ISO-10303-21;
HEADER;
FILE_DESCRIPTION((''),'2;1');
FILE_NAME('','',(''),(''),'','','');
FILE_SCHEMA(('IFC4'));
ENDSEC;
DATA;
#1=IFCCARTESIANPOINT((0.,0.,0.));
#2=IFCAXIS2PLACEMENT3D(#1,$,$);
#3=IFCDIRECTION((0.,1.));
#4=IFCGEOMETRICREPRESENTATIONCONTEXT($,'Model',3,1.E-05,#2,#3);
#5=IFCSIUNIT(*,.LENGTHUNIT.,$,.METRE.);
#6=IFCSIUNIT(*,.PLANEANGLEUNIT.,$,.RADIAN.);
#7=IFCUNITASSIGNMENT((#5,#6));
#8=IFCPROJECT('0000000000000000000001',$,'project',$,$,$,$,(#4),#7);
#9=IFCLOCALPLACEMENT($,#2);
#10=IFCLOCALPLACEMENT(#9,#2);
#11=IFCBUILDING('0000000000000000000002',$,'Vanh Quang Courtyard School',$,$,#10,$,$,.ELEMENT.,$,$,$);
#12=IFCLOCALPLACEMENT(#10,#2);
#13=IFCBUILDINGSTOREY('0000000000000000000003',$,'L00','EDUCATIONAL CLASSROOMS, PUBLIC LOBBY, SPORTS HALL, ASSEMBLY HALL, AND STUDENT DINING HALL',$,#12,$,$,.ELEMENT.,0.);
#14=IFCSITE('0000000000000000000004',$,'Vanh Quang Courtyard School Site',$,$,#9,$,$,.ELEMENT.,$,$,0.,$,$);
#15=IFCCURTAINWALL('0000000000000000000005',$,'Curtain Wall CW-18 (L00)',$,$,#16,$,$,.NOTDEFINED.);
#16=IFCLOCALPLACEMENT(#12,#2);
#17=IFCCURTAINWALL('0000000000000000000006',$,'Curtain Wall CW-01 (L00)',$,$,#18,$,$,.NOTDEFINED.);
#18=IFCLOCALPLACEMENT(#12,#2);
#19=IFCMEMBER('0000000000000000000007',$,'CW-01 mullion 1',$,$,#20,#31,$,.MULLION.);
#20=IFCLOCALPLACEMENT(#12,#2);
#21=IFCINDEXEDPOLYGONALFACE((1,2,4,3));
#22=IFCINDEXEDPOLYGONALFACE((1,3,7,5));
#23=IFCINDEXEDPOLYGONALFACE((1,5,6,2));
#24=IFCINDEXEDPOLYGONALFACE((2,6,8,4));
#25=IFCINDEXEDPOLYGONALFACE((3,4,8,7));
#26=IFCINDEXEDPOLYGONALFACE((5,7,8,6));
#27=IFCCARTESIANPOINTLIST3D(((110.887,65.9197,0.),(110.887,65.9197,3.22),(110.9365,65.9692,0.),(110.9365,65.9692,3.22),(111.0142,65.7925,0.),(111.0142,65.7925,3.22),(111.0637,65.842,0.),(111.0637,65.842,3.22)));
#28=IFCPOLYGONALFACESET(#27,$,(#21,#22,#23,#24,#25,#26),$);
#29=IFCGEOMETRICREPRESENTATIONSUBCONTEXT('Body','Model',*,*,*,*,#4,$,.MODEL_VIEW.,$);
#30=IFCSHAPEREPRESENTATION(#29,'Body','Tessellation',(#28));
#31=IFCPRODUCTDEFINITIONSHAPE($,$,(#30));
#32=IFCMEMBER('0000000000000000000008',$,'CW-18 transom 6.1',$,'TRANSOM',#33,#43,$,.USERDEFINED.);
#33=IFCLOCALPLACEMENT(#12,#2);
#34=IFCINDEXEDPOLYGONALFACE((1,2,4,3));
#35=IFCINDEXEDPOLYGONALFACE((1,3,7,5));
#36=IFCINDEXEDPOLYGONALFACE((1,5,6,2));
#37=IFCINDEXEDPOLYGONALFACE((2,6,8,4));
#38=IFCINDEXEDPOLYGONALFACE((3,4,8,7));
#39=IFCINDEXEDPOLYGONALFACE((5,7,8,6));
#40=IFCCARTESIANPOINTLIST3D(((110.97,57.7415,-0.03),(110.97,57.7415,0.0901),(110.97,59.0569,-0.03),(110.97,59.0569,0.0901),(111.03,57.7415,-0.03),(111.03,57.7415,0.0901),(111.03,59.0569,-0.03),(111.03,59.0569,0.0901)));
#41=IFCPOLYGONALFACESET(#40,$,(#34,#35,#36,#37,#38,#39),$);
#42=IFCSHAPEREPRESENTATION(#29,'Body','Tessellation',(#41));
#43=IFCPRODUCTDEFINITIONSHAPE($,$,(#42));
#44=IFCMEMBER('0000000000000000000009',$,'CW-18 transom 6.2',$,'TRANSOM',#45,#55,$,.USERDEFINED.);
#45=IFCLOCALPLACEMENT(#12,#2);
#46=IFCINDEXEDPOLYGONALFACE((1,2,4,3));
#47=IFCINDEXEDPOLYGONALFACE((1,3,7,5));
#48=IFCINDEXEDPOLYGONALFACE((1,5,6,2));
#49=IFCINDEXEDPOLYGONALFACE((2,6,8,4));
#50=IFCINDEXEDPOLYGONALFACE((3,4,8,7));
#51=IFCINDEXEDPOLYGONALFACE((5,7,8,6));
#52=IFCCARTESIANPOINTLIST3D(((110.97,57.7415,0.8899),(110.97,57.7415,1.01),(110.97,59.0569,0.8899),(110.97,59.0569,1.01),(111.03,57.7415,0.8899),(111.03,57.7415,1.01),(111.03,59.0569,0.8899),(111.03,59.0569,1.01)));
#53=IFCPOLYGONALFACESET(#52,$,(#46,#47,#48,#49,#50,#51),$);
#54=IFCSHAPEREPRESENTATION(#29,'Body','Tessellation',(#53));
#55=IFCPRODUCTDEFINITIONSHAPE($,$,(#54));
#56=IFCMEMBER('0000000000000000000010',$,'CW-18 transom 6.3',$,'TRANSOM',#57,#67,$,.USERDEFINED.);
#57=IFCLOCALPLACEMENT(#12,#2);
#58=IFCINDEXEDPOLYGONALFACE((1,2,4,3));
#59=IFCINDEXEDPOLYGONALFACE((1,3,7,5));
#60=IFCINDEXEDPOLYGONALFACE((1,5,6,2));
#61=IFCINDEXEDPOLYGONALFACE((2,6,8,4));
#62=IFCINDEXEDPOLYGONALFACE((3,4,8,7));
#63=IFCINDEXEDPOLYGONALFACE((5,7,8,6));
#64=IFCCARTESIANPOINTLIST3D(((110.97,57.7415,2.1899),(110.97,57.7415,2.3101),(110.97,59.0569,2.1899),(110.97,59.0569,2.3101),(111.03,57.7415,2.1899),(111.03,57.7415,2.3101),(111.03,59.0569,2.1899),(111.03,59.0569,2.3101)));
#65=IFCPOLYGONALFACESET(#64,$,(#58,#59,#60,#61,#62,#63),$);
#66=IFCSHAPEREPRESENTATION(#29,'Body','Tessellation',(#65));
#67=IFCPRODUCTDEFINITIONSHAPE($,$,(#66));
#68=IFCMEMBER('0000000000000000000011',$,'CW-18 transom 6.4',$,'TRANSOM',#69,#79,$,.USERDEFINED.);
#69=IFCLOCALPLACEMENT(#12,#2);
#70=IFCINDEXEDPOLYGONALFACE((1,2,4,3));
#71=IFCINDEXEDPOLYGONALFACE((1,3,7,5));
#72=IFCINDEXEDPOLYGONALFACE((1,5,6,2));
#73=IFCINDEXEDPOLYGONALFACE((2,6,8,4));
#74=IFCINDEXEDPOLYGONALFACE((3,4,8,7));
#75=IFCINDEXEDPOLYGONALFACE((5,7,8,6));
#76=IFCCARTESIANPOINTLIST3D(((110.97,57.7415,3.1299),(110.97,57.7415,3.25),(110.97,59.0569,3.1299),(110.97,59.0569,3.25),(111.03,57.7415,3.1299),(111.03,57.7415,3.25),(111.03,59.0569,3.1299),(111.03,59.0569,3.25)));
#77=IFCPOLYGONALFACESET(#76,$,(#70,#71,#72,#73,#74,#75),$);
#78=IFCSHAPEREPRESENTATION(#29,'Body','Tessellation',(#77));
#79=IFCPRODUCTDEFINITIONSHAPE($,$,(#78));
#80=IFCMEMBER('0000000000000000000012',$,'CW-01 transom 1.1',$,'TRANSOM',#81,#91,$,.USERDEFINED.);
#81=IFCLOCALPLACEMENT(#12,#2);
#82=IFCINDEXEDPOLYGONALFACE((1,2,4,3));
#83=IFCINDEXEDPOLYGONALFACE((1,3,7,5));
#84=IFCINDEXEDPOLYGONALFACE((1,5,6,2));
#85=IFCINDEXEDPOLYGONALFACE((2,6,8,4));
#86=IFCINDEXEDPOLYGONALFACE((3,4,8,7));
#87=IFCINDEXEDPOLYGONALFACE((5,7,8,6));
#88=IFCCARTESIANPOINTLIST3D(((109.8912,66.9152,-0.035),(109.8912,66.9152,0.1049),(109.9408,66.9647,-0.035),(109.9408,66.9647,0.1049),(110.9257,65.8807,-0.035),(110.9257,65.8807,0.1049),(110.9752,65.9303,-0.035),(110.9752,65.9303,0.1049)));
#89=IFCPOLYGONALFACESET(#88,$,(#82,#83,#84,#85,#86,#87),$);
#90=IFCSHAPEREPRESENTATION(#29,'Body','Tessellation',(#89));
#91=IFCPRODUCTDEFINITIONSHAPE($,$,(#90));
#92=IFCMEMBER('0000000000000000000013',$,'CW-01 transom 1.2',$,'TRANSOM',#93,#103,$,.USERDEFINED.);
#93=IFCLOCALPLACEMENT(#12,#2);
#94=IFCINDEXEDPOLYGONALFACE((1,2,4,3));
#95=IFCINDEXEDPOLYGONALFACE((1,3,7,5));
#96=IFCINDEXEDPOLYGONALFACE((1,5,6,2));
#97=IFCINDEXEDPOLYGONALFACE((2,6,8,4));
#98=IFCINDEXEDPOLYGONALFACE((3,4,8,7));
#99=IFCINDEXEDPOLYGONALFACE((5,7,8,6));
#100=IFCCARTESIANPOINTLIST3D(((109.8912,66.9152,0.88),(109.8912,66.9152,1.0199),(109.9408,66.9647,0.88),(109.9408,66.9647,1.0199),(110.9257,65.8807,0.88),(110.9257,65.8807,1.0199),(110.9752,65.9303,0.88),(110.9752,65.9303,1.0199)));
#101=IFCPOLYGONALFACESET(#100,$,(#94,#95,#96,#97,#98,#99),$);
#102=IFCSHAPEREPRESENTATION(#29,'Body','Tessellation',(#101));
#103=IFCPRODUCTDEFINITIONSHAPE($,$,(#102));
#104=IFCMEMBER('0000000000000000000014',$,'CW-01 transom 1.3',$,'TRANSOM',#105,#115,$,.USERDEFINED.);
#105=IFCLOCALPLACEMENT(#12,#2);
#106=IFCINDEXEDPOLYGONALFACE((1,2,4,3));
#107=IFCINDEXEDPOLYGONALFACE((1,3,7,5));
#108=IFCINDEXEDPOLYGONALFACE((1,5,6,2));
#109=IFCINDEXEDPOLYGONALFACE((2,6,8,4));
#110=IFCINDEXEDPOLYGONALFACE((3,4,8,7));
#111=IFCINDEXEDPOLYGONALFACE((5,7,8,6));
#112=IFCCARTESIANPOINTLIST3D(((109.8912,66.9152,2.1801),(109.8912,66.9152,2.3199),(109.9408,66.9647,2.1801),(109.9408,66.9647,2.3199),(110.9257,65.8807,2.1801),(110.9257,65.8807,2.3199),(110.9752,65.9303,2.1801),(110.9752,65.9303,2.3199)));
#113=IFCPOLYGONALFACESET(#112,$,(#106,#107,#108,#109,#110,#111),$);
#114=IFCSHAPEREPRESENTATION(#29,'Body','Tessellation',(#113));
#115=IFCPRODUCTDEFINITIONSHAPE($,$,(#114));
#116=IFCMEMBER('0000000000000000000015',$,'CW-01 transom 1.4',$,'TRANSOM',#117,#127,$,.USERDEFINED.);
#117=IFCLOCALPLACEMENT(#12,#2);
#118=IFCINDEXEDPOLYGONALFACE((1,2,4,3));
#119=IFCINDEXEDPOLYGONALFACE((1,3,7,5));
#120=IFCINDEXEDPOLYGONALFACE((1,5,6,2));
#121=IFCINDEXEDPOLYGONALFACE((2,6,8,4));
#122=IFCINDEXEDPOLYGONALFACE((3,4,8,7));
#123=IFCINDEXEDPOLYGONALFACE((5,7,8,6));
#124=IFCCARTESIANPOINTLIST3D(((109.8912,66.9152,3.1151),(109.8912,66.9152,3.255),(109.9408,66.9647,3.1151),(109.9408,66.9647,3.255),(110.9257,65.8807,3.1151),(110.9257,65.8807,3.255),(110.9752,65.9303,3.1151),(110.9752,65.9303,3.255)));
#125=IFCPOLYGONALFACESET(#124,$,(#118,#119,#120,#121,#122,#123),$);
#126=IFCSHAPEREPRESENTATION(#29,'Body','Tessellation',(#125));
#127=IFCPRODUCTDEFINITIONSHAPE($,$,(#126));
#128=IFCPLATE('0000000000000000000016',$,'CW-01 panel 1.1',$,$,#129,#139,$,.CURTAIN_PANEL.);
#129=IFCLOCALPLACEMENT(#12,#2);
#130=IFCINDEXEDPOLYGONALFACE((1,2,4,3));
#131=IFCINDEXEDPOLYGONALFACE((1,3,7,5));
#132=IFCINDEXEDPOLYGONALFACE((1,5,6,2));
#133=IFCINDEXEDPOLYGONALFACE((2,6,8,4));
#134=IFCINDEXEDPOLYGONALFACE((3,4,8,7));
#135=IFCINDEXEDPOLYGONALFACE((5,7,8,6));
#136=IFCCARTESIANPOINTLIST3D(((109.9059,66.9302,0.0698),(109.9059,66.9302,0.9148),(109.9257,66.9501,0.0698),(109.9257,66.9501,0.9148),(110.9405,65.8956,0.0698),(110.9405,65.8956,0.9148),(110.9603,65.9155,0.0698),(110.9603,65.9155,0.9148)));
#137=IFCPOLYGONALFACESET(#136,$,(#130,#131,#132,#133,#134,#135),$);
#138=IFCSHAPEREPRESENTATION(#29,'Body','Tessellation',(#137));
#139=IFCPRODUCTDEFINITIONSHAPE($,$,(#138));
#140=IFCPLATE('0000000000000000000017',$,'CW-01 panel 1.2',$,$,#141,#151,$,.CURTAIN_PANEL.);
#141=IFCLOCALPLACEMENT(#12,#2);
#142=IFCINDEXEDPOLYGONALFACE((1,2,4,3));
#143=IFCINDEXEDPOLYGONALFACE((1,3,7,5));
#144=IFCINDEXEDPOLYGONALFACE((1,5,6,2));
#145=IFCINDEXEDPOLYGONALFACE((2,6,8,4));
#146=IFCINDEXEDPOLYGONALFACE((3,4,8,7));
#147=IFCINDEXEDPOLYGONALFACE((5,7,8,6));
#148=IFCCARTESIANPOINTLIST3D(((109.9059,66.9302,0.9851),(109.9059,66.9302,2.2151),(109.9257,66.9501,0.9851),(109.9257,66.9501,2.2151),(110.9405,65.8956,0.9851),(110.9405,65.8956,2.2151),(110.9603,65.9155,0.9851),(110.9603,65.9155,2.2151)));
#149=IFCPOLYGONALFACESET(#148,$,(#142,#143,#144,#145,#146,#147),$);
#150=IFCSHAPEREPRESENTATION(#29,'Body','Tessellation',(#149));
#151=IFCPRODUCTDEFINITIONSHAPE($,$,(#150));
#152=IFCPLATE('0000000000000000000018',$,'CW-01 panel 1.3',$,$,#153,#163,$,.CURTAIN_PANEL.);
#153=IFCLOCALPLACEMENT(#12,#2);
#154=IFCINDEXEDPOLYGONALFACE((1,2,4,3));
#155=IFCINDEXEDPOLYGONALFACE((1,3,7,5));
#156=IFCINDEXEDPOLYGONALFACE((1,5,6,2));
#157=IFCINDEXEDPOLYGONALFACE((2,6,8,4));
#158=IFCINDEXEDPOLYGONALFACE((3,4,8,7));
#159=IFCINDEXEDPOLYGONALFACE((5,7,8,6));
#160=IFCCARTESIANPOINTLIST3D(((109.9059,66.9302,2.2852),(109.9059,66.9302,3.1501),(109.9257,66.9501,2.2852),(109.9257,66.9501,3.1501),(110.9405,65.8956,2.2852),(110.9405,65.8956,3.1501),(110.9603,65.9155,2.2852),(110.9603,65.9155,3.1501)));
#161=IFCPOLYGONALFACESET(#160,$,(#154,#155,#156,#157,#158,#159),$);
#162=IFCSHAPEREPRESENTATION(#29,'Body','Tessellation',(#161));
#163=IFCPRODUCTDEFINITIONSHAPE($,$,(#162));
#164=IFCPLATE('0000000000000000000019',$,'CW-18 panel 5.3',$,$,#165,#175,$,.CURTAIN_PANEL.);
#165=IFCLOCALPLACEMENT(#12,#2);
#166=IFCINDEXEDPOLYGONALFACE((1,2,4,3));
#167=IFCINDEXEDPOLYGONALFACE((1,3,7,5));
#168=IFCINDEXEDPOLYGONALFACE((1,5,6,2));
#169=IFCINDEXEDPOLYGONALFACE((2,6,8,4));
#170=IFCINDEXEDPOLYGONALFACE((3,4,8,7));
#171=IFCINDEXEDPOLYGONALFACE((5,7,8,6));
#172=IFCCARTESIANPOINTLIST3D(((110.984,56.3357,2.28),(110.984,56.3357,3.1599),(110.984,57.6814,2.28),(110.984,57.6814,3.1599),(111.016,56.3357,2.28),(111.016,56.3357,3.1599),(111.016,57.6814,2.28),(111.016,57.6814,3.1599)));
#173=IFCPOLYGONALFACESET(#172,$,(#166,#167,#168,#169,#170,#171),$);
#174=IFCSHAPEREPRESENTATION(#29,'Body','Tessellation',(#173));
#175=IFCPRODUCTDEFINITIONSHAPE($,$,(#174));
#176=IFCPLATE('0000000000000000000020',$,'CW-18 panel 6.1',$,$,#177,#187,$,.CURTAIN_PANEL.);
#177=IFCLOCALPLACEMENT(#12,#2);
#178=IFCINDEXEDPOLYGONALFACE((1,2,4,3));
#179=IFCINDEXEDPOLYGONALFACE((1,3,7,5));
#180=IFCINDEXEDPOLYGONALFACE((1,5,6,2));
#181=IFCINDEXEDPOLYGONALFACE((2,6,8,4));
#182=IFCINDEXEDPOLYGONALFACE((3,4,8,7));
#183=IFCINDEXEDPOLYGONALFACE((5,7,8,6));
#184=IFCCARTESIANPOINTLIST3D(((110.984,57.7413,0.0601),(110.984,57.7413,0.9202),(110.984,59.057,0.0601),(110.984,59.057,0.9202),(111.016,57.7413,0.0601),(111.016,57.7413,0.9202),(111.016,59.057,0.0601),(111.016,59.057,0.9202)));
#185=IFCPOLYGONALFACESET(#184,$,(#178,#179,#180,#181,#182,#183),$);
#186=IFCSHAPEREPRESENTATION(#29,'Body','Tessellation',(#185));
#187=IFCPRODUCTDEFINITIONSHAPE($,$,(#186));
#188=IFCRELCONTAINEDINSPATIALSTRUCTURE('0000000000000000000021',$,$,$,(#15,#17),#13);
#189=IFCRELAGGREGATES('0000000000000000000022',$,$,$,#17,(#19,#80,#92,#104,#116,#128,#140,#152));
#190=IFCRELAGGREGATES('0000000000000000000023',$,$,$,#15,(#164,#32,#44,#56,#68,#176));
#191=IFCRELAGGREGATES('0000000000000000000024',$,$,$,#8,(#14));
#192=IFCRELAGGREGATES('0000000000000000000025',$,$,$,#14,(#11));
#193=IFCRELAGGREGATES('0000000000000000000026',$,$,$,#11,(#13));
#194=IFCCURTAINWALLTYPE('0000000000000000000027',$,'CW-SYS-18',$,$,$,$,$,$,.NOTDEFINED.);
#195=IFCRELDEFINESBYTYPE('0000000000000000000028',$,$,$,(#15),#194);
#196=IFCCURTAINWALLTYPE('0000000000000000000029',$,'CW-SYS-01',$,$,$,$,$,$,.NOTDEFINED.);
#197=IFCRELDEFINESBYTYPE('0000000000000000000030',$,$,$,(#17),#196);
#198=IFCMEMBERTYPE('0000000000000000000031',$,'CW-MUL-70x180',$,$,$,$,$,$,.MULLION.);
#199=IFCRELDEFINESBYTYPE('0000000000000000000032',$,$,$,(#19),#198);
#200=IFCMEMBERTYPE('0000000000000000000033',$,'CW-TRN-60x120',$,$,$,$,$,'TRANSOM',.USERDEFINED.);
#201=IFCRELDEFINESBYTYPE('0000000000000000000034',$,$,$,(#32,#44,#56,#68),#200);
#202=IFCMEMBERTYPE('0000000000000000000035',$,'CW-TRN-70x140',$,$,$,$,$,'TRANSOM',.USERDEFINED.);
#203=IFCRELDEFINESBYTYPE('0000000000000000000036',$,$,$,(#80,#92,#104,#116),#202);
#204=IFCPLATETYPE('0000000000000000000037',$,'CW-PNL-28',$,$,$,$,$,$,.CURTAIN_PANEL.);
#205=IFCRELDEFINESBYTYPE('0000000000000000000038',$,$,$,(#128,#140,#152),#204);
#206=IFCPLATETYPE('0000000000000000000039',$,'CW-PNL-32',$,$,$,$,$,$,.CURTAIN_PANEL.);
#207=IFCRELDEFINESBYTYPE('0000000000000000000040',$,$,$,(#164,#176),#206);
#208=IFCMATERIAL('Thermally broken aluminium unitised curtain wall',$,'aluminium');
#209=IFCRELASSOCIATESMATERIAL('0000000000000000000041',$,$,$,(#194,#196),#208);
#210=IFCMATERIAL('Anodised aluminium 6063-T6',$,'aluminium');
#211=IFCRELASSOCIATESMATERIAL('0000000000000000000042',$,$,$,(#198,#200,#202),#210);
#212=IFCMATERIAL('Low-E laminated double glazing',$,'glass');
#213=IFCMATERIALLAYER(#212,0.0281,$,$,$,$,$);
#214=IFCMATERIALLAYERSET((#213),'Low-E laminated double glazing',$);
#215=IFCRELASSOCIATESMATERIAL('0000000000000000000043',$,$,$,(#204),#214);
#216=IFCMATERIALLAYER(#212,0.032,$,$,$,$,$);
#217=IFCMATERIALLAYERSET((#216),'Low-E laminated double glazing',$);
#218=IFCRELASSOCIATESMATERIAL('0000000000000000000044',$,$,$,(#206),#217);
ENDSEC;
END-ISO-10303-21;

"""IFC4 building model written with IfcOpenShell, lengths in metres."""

from ifc_helpers import new_model, si_unit, direction, frame, origin, origin_2d, place, context, subcontext, project, spatial, rectangle, extrude, material, layer, layer_set, material_profile, profile_set, type_object, element, aggregate, save


model = new_model("IFC4")

# Units and contexts
model_context = context("Model", 3, precision=1e-05, world=origin(), true_north=direction((0.0, 1.0)))
body_context = subcontext(model_context, "Body", "Model", "MODEL_VIEW")
ifc_project = project(units=[si_unit("LENGTHUNIT", "METRE"), si_unit("PLANEANGLEUNIT", "RADIAN")], contexts=[model_context])

# Site, building, storey
site_placement = place(None, origin())
site = spatial("IfcSite", under=ifc_project, at=site_placement, Name="Vanh Quang Courtyard School Site", CompositionType="ELEMENT", RefElevation=0.0)
building_placement = place(site_placement, origin())
building = spatial("IfcBuilding", under=site, at=building_placement, Name="Vanh Quang Courtyard School", CompositionType="ELEMENT")
storey_placement = place(building_placement, origin())
storey = spatial("IfcBuildingStorey", under=building, at=storey_placement, Name="L00", Description="EDUCATIONAL CLASSROOMS, PUBLIC LOBBY, SPORTS HALL, ASSEMBLY HALL, AND STUDENT DINING HALL", CompositionType="ELEMENT", Elevation=0.0)

# Curtain wall
ifc_material_1 = material(Name="Thermally broken aluminium unitised curtain wall", Category="aluminium")
curtain_wall_type_1 = type_object("IfcCurtainWallType", Name="CW-SYS-18", PredefinedType="NOTDEFINED", material=ifc_material_1)
curtain_wall_1_placement = place(storey_placement, origin())
curtain_wall_1 = element("IfcCurtainWall", 1, at=curtain_wall_1_placement, inside=storey, type_object=curtain_wall_type_1, Name="Curtain Wall CW-18 (L00)", PredefinedType="NOTDEFINED")
ifc_material_2 = material(Name="Anodised aluminium 6063-T6", Category="aluminium")

# Curtain wall, member
curtain_wall_type_2 = type_object("IfcCurtainWallType", Name="CW-SYS-01", PredefinedType="NOTDEFINED", material=ifc_material_1)
curtain_wall_2_placement = place(storey_placement, origin())
curtain_wall_2 = element("IfcCurtainWall", 2, at=curtain_wall_2_placement, inside=storey, type_object=curtain_wall_type_2, Name="Curtain Wall CW-01 (L00)", PredefinedType="NOTDEFINED")
ifc_material_profile_1 = material_profile(ifc_material_2, rectangle(XDim=0.0701, YDim=0.1799, at=origin_2d()), Name="ALU-MUL 70x180")
ifc_profile_set_1 = profile_set([ifc_material_profile_1], Name="Anodised aluminium 6063-T6")
member_type_1 = type_object("IfcMemberType", Name="CW-MUL-70x180", PredefinedType="MULLION", material=ifc_profile_set_1)
member_1_placement = place(storey_placement, frame((110.9753, 65.8809, 0.0), z_axis=(0.0, 0.0, 1.0), x_axis=(-0.707107, -0.707107, 0.0)))
member_1 = element("IfcMember", 3, at=member_1_placement, type_object=member_type_1, Name="CW-01 mullion 1", PredefinedType="MULLION", context=body_context, shape_type="SweptSolid", body=[
    extrude(rectangle(XDim=0.0701, YDim=0.1799, at=origin_2d()), origin(), (0.0, 0.0, 1.0), 3.22),
])

# Members
ifc_material_profile_2 = material_profile(ifc_material_2, rectangle(XDim=0.0601, YDim=0.1201, at=origin_2d()), Name="ALU-TRN 60x120")
ifc_profile_set_2 = profile_set([ifc_material_profile_2], Name="Anodised aluminium 6063-T6")
member_type_2 = type_object("IfcMemberType", Name="CW-TRN-60x120", ElementType="TRANSOM", PredefinedType="USERDEFINED", material=ifc_profile_set_2)
member_2_placement = place(storey_placement, frame((111.0, 57.7415, 0.03), z_axis=(0.0, 1.0, 0.0), x_axis=(-1.0, 0.0, 0.0)))
member_2 = element("IfcMember", 4, at=member_2_placement, type_object=member_type_2, Name="CW-18 transom 6.1", ObjectType="TRANSOM", PredefinedType="USERDEFINED", context=body_context, shape_type="SweptSolid", body=[
    extrude(rectangle(XDim=0.0601, YDim=0.1201, at=origin_2d()), origin(), (0.0, 0.0, 1.0), 1.3154),
])
member_3_placement = place(storey_placement, frame((111.0, 57.7415, 0.95), z_axis=(0.0, 1.0, 0.0), x_axis=(-1.0, 0.0, 0.0)))
member_3 = element("IfcMember", 5, at=member_3_placement, type_object=member_type_2, Name="CW-18 transom 6.2", ObjectType="TRANSOM", PredefinedType="USERDEFINED", context=body_context, shape_type="SweptSolid", body=[
    extrude(rectangle(XDim=0.0601, YDim=0.1201, at=origin_2d()), origin(), (0.0, 0.0, 1.0), 1.3154),
])
member_4_placement = place(storey_placement, frame((111.0, 57.7415, 2.25), z_axis=(0.0, 1.0, 0.0), x_axis=(-1.0, 0.0, 0.0)))
member_4 = element("IfcMember", 6, at=member_4_placement, type_object=member_type_2, Name="CW-18 transom 6.3", ObjectType="TRANSOM", PredefinedType="USERDEFINED", context=body_context, shape_type="SweptSolid", body=[
    extrude(rectangle(XDim=0.0601, YDim=0.1201, at=origin_2d()), origin(), (0.0, 0.0, 1.0), 1.3154),
])
member_5_placement = place(storey_placement, frame((111.0, 57.7415, 3.1899), z_axis=(0.0, 1.0, 0.0), x_axis=(-1.0, 0.0, 0.0)))
member_5 = element("IfcMember", 7, at=member_5_placement, type_object=member_type_2, Name="CW-18 transom 6.4", ObjectType="TRANSOM", PredefinedType="USERDEFINED", context=body_context, shape_type="SweptSolid", body=[
    extrude(rectangle(XDim=0.0601, YDim=0.1201, at=origin_2d()), origin(), (0.0, 0.0, 1.0), 1.3154),
])
ifc_material_profile_3 = material_profile(ifc_material_2, rectangle(XDim=0.0701, YDim=0.1399, at=origin_2d()), Name="ALU-TRN 70x140")
ifc_profile_set_3 = profile_set([ifc_material_profile_3], Name="Anodised aluminium 6063-T6")
member_type_3 = type_object("IfcMemberType", Name="CW-TRN-70x140", ElementType="TRANSOM", PredefinedType="USERDEFINED", material=ifc_profile_set_3)
member_6_placement = place(storey_placement, frame((110.9504, 65.9055, 0.0349), z_axis=(-0.707107, 0.707107, 0.0), x_axis=(-0.707107, -0.707107, 0.0)))
member_6 = element("IfcMember", 8, at=member_6_placement, type_object=member_type_3, Name="CW-01 transom 1.1", ObjectType="TRANSOM", PredefinedType="USERDEFINED", context=body_context, shape_type="SweptSolid", body=[
    extrude(rectangle(XDim=0.0701, YDim=0.1399, at=origin_2d()), origin(), (0.0, 0.0, 1.0), 1.4629),
])
member_7_placement = place(storey_placement, frame((110.9504, 65.9055, 0.95), z_axis=(-0.707107, 0.707107, 0.0), x_axis=(-0.707107, -0.707107, 0.0)))
member_7 = element("IfcMember", 9, at=member_7_placement, type_object=member_type_3, Name="CW-01 transom 1.2", ObjectType="TRANSOM", PredefinedType="USERDEFINED", context=body_context, shape_type="SweptSolid", body=[
    extrude(rectangle(XDim=0.0701, YDim=0.1399, at=origin_2d()), origin(), (0.0, 0.0, 1.0), 1.4629),
])
member_8_placement = place(storey_placement, frame((110.9504, 65.9055, 2.25), z_axis=(-0.707107, 0.707107, 0.0), x_axis=(-0.707107, -0.707107, 0.0)))
member_8 = element("IfcMember", 10, at=member_8_placement, type_object=member_type_3, Name="CW-01 transom 1.3", ObjectType="TRANSOM", PredefinedType="USERDEFINED", context=body_context, shape_type="SweptSolid", body=[
    extrude(rectangle(XDim=0.0701, YDim=0.1399, at=origin_2d()), origin(), (0.0, 0.0, 1.0), 1.4629),
])
member_9_placement = place(storey_placement, frame((110.9504, 65.9055, 3.1851), z_axis=(-0.707107, 0.707107, 0.0), x_axis=(-0.707107, -0.707107, 0.0)))
member_9 = element("IfcMember", 11, at=member_9_placement, type_object=member_type_3, Name="CW-01 transom 1.4", ObjectType="TRANSOM", PredefinedType="USERDEFINED", context=body_context, shape_type="SweptSolid", body=[
    extrude(rectangle(XDim=0.0701, YDim=0.1399, at=origin_2d()), origin(), (0.0, 0.0, 1.0), 1.4629),
])

# Plates
ifc_material_3 = material(Name="Low-E laminated double glazing", Category="glass")
ifc_layer_1 = layer(ifc_material_3, 0.0281)
ifc_layer_set_1 = layer_set([ifc_layer_1], Name="Low-E laminated double glazing")
plate_type_1 = type_object("IfcPlateType", Name="CW-PNL-28", PredefinedType="CURTAIN_PANEL", material=ifc_layer_set_1)
plate_1_placement = place(storey_placement, frame((110.4331, 66.4229, 0.0698), z_axis=(0.0, 0.0, 1.0), x_axis=(-0.707107, 0.707107, 0.0)))
plate_1 = element("IfcPlate", 12, at=plate_1_placement, type_object=plate_type_1, Name="CW-01 panel 1.1", PredefinedType="CURTAIN_PANEL", context=body_context, shape_type="SweptSolid", body=[
    extrude(rectangle(XDim=1.4631, YDim=0.0281, at=origin_2d()), origin(), (0.0, 0.0, 1.0), 0.845),
])
plate_2_placement = place(storey_placement, frame((110.4331, 66.4229, 0.9851), z_axis=(0.0, 0.0, 1.0), x_axis=(-0.707107, 0.707107, 0.0)))
plate_2 = element("IfcPlate", 13, at=plate_2_placement, type_object=plate_type_1, Name="CW-01 panel 1.2", PredefinedType="CURTAIN_PANEL", context=body_context, shape_type="SweptSolid", body=[
    extrude(rectangle(XDim=1.4631, YDim=0.0281, at=origin_2d()), origin(), (0.0, 0.0, 1.0), 1.23),
])
plate_3_placement = place(storey_placement, frame((110.4331, 66.4229, 2.2852), z_axis=(0.0, 0.0, 1.0), x_axis=(-0.707107, 0.707107, 0.0)))
plate_3 = element("IfcPlate", 14, at=plate_3_placement, type_object=plate_type_1, Name="CW-01 panel 1.3", PredefinedType="CURTAIN_PANEL", context=body_context, shape_type="SweptSolid", body=[
    extrude(rectangle(XDim=1.4631, YDim=0.0281, at=origin_2d()), origin(), (0.0, 0.0, 1.0), 0.865),
])
aggregate(curtain_wall_2, [member_1, member_6, member_7, member_8, member_9, plate_1, plate_2, plate_3])
ifc_layer_2 = layer(ifc_material_3, 0.032)
ifc_layer_set_2 = layer_set([ifc_layer_2], Name="Low-E laminated double glazing")
plate_type_2 = type_object("IfcPlateType", Name="CW-PNL-32", PredefinedType="CURTAIN_PANEL", material=ifc_layer_set_2)
plate_4_placement = place(storey_placement, frame((111.0, 57.0085, 2.28), z_axis=(0.0, 0.0, 1.0), x_axis=(0.0, 1.0, 0.0)))
plate_4 = element("IfcPlate", 15, at=plate_4_placement, type_object=plate_type_2, Name="CW-18 panel 5.3", PredefinedType="CURTAIN_PANEL", context=body_context, shape_type="SweptSolid", body=[
    extrude(rectangle(XDim=1.3457, YDim=0.032, at=origin_2d()), origin(), (0.0, 0.0, 1.0), 0.8799),
])
plate_5_placement = place(storey_placement, frame((111.0, 58.3992, 0.0601), z_axis=(0.0, 0.0, 1.0), x_axis=(0.0, 1.0, 0.0)))
plate_5 = element("IfcPlate", 16, at=plate_5_placement, type_object=plate_type_2, Name="CW-18 panel 6.1", PredefinedType="CURTAIN_PANEL", context=body_context, shape_type="SweptSolid", body=[
    extrude(rectangle(XDim=1.3157, YDim=0.032, at=origin_2d()), origin(), (0.0, 0.0, 1.0), 0.8601),
])
aggregate(curtain_wall_1, [plate_4, member_2, member_3, member_4, member_5, plate_5])

save(model, "model.ifc")
